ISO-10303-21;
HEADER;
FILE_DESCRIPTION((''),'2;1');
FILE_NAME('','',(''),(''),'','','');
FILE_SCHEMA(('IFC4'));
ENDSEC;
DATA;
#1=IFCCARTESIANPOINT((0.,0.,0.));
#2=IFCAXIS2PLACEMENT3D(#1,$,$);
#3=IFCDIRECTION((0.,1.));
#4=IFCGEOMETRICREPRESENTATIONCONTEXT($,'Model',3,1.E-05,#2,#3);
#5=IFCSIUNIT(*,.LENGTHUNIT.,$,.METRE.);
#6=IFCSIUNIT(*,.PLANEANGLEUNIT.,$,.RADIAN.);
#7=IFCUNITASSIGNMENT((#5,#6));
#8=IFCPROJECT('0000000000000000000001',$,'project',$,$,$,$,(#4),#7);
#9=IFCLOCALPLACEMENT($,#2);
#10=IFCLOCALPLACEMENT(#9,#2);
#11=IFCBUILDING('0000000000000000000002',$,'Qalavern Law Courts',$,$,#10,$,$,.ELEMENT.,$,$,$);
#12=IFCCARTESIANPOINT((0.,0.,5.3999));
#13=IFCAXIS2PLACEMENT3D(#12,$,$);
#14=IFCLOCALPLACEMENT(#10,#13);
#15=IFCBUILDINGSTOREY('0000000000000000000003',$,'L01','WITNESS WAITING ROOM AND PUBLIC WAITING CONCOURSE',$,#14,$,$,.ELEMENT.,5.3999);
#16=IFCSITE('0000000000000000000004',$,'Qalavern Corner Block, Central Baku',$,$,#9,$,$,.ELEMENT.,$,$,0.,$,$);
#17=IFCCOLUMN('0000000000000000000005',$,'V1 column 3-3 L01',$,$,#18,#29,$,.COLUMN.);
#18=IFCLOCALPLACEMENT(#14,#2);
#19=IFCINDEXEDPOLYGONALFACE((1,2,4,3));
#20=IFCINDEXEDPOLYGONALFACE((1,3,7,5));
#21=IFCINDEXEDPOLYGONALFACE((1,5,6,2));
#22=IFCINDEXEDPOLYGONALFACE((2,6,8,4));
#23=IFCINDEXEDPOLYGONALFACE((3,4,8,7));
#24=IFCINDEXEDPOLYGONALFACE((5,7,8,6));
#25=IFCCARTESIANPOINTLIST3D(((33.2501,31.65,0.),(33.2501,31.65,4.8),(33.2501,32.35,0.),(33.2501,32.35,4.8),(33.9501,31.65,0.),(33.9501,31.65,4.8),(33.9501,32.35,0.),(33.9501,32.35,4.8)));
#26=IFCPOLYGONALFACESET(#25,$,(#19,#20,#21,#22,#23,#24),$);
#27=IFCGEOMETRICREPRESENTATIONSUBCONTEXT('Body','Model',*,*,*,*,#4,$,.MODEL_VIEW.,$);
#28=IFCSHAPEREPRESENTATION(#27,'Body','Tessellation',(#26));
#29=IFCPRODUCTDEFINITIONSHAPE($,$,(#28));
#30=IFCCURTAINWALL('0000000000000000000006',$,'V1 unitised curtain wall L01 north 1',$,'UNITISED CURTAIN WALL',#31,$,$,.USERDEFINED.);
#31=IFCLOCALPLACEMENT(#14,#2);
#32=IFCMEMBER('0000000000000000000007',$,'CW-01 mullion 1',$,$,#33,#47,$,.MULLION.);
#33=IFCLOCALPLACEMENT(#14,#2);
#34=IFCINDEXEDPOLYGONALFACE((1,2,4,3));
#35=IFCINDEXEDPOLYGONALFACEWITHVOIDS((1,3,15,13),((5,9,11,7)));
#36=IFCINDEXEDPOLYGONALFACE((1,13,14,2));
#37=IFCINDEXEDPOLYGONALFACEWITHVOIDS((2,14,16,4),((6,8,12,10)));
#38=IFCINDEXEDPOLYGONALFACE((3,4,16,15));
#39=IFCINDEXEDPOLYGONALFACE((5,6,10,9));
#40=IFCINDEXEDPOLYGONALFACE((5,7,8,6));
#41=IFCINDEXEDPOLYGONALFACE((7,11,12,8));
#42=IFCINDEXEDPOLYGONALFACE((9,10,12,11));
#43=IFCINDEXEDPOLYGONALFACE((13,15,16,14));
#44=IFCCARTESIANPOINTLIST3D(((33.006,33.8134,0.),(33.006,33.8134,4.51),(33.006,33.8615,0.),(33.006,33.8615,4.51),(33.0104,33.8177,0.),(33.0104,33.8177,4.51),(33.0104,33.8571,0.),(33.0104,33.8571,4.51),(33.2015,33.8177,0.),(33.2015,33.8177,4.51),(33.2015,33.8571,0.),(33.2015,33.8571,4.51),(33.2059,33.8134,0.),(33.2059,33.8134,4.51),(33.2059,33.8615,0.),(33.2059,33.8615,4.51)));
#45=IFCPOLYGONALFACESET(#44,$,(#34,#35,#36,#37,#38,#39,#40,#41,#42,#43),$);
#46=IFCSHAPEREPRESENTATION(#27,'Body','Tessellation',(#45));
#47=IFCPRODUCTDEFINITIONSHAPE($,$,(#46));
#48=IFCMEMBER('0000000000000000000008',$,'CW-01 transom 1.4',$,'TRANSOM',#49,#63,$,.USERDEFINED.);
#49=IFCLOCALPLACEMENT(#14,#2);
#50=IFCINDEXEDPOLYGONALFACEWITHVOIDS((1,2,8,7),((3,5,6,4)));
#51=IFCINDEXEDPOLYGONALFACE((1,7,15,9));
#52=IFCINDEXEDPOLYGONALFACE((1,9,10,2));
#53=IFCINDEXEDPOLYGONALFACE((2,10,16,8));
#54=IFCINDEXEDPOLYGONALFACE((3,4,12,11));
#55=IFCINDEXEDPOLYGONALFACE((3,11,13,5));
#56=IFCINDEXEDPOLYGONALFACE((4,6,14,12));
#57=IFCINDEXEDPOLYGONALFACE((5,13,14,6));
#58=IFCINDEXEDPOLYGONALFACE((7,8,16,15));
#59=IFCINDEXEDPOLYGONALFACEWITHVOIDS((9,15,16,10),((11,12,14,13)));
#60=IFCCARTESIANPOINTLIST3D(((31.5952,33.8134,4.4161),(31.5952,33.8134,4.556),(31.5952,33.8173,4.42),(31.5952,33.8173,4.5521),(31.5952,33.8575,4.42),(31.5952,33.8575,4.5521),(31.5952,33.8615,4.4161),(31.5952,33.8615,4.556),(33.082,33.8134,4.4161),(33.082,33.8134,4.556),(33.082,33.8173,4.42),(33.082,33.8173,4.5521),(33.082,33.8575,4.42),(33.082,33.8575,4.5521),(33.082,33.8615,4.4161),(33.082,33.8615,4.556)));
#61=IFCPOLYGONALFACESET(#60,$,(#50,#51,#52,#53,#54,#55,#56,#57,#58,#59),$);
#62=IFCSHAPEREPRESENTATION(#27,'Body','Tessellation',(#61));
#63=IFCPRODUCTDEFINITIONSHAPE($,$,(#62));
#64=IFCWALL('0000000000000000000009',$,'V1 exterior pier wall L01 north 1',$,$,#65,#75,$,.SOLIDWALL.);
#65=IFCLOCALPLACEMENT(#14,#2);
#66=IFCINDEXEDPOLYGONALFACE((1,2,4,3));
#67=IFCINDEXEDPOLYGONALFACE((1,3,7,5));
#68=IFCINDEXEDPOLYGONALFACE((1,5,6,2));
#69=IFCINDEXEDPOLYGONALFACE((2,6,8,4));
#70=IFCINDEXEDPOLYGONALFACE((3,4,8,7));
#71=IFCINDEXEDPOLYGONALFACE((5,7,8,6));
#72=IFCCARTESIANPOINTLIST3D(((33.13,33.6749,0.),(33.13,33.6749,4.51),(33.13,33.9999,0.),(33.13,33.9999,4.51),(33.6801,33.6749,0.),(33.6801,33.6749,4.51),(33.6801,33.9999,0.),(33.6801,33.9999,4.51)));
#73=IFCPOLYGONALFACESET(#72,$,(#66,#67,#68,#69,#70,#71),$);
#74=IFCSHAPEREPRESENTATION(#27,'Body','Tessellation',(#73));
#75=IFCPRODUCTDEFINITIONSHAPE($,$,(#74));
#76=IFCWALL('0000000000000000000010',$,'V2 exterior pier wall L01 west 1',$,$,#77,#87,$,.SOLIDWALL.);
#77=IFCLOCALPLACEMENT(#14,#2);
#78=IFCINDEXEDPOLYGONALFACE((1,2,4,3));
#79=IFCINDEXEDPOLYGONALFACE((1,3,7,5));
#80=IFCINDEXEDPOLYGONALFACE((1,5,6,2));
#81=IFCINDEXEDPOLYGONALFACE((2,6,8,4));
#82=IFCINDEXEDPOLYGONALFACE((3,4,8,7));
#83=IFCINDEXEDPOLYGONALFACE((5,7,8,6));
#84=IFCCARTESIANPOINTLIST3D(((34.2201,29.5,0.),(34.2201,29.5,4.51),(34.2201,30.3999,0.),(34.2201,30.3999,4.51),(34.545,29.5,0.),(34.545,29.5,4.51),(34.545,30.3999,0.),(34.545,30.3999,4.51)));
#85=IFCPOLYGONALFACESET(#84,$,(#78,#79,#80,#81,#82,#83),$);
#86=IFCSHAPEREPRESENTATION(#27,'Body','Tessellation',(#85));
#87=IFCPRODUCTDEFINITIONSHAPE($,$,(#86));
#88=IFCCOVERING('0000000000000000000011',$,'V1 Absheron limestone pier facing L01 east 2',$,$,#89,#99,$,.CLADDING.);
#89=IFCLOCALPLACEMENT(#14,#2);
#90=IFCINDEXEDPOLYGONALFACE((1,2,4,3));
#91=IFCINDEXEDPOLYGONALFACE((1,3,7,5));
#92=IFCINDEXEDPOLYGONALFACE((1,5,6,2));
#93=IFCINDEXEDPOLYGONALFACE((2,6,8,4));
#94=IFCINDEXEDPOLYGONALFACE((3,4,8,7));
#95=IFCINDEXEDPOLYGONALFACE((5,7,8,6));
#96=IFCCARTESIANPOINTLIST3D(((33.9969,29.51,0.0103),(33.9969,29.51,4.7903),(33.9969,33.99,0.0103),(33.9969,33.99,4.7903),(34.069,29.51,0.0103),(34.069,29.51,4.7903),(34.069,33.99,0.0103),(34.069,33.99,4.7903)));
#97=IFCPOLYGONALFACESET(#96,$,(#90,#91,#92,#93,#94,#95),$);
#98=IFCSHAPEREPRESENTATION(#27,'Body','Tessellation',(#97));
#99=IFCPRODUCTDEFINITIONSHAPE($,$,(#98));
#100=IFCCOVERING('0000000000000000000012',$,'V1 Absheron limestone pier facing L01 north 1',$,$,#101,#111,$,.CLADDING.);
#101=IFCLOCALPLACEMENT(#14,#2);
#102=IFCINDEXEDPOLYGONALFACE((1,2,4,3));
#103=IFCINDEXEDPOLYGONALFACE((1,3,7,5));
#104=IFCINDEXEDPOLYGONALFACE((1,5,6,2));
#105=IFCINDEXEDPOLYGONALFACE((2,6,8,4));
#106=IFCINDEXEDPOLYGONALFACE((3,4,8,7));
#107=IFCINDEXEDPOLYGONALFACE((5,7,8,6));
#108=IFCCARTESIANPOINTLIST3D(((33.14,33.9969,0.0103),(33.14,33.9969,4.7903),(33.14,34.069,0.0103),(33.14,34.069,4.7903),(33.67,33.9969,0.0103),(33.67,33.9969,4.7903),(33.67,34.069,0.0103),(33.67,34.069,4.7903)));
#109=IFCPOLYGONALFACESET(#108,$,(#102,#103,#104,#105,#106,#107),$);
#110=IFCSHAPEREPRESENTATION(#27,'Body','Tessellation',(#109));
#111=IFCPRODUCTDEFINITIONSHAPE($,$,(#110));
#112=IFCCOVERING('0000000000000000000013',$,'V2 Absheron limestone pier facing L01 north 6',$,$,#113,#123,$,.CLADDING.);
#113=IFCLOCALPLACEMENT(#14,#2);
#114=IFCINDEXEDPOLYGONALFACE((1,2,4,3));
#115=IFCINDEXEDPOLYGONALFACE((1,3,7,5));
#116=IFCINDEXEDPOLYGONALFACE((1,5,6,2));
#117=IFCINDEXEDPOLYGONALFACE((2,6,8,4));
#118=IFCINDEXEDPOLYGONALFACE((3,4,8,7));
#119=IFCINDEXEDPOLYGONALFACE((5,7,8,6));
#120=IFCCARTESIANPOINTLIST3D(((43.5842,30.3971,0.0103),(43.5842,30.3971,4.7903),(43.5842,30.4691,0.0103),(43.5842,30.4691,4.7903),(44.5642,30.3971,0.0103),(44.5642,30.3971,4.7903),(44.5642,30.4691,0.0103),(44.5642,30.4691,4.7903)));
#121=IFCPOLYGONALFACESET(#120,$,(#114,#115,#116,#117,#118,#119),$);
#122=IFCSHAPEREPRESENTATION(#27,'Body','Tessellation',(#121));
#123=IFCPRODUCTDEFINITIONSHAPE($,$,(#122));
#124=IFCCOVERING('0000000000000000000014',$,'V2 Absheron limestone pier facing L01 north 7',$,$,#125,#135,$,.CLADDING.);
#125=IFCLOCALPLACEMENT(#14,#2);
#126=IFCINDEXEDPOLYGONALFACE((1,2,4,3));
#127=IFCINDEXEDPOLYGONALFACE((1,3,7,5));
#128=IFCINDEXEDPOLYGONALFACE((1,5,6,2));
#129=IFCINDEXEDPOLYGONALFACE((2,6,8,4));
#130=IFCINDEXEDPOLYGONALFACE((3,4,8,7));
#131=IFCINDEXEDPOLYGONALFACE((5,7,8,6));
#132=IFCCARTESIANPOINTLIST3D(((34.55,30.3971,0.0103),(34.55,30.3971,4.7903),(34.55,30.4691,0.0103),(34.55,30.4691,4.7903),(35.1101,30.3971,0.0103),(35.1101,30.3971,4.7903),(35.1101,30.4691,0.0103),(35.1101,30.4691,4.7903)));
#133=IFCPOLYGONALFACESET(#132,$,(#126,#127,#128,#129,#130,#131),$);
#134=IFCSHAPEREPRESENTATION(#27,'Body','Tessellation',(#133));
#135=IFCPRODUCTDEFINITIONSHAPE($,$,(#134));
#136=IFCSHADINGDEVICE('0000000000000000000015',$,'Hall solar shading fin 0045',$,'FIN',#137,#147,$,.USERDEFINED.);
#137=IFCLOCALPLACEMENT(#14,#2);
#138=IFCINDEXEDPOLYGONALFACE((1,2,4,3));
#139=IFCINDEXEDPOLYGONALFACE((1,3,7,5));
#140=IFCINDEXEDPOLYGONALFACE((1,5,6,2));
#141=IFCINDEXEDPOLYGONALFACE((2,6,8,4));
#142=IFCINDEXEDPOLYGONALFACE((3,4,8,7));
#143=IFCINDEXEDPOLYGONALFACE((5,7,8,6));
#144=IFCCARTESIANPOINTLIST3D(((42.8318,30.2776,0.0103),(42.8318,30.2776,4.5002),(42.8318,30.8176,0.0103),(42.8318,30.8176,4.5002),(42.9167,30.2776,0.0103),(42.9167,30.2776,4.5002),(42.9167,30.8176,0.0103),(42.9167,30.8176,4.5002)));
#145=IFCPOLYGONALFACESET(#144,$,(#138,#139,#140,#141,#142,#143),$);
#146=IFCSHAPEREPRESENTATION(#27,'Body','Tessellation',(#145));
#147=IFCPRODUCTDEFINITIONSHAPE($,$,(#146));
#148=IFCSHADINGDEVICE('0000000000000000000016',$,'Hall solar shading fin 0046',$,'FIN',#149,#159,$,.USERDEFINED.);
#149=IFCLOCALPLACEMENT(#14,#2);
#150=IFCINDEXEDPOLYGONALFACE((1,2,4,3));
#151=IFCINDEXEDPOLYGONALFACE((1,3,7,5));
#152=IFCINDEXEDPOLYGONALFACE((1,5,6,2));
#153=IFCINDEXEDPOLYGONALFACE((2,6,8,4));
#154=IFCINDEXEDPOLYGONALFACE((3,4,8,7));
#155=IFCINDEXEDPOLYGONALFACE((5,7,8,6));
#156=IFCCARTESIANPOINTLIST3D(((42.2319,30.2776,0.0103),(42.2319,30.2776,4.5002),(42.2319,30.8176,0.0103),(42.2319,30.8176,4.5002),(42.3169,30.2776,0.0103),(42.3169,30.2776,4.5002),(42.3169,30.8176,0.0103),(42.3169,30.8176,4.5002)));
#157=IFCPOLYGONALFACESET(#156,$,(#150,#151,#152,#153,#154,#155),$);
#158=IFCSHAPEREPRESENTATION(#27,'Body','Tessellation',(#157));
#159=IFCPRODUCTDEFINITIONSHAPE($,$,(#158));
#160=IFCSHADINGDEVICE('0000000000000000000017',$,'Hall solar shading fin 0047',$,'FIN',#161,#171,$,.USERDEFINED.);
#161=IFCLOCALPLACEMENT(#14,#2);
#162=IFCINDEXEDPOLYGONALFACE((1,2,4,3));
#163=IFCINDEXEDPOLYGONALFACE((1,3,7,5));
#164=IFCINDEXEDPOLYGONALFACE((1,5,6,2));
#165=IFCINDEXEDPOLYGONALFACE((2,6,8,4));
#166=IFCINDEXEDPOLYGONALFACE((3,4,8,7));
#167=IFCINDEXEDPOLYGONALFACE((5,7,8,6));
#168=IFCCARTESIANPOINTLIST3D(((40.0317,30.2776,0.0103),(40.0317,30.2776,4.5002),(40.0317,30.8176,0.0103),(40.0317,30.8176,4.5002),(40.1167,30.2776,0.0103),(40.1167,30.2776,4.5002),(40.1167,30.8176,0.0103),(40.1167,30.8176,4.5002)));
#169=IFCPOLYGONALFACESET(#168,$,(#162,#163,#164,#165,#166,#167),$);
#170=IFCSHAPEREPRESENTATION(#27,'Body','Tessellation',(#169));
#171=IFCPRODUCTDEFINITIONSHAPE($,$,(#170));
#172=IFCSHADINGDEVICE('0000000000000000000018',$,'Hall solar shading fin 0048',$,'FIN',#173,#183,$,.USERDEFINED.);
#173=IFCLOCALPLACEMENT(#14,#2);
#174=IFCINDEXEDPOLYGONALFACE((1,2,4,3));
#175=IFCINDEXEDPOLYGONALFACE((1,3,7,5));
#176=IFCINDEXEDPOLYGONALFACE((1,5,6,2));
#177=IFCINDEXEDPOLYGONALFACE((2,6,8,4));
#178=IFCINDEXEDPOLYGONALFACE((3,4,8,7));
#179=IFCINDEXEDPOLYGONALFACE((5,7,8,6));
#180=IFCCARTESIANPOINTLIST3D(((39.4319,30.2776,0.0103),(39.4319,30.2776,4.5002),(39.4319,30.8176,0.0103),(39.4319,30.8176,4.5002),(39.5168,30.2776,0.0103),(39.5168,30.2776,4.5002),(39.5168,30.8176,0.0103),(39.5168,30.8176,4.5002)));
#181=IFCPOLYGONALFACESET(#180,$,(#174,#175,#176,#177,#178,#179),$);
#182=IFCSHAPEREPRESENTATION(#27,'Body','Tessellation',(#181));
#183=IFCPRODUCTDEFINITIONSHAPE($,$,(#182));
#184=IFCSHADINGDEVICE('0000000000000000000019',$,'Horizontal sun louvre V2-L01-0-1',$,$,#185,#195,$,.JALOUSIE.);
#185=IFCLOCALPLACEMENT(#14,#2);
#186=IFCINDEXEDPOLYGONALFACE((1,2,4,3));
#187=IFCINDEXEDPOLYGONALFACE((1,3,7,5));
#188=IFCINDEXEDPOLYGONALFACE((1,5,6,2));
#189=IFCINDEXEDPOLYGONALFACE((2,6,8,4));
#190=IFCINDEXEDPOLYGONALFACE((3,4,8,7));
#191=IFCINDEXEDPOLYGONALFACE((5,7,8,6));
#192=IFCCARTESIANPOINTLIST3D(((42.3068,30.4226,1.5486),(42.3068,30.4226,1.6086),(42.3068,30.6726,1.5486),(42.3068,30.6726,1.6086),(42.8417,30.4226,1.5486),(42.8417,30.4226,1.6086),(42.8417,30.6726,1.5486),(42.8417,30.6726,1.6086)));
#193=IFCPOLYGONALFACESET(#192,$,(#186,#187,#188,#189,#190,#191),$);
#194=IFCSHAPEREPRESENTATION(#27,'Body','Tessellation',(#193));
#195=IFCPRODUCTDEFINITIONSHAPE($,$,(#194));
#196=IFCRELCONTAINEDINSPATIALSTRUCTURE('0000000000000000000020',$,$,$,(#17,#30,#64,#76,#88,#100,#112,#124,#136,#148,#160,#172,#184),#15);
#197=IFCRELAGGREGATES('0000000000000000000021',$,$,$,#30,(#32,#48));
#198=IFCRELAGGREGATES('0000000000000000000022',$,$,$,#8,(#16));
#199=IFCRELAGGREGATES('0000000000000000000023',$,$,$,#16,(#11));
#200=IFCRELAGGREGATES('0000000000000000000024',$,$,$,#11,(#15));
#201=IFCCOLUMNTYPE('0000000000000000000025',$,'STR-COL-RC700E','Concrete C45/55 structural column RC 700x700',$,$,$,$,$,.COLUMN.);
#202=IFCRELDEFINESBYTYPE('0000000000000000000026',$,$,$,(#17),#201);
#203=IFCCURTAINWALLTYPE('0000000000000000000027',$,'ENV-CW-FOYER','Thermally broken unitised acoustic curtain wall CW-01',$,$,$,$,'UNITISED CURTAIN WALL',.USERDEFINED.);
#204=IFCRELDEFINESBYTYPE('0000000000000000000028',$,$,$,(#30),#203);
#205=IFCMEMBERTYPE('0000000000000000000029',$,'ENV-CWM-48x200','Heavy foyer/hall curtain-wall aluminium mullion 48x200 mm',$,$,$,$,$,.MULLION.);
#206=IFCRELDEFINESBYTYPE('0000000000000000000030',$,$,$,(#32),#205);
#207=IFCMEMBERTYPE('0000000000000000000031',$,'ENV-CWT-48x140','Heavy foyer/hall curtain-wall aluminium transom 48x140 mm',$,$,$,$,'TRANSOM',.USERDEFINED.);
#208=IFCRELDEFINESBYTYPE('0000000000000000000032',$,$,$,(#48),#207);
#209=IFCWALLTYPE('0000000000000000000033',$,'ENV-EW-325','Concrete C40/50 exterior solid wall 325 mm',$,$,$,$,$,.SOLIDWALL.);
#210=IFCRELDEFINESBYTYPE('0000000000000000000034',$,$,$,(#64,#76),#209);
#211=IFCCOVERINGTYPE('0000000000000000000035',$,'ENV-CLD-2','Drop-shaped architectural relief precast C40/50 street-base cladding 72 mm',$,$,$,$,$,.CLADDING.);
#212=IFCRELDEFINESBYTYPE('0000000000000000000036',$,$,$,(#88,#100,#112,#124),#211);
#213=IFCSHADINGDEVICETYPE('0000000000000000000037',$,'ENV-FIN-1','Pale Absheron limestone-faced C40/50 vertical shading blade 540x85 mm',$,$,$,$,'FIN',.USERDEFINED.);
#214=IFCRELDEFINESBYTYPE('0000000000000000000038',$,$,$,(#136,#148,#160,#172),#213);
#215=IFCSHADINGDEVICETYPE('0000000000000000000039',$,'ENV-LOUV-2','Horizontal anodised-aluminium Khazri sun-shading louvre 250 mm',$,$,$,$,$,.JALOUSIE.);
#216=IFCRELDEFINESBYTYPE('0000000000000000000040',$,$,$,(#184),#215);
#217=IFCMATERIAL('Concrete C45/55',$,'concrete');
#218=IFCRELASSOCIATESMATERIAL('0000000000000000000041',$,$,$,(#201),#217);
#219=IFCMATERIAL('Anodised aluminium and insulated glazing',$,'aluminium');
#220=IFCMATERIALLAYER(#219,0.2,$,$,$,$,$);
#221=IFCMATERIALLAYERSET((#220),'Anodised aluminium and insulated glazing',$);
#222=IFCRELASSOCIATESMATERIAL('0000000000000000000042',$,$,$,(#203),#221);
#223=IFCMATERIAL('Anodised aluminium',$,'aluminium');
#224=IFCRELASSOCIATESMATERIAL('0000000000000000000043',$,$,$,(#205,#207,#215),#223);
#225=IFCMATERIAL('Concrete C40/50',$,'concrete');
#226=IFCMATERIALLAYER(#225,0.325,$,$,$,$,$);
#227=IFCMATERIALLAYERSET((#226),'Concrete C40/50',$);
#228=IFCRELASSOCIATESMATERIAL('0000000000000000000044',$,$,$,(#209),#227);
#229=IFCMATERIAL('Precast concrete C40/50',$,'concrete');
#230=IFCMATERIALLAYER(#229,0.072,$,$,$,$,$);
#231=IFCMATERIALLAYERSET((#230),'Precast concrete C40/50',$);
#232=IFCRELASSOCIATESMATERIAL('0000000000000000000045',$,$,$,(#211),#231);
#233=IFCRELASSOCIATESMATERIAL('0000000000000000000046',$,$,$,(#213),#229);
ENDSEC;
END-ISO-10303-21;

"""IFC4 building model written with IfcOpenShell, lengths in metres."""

from ifc_helpers import new_model, si_unit, direction, frame, frame_2d, origin, origin_2d, place, context, subcontext, project, spatial, rectangle, hollow_rectangle, extrude, material, layer, layer_set, material_profile, profile_set, type_object, element, aggregate, save


model = new_model("IFC4")

# Units and contexts
model_context = context("Model", 3, precision=1e-05, world=origin(), true_north=direction((0.0, 1.0)))
body_context = subcontext(model_context, "Body", "Model", "MODEL_VIEW")
ifc_project = project(units=[si_unit("LENGTHUNIT", "METRE"), si_unit("PLANEANGLEUNIT", "RADIAN")], contexts=[model_context])

# Site, building, storey
site_placement = place(None, origin())
site = spatial("IfcSite", under=ifc_project, at=site_placement, Name="Qalavern Corner Block, Central Baku", CompositionType="ELEMENT", RefElevation=0.0)
building_placement = place(site_placement, origin())
building = spatial("IfcBuilding", under=site, at=building_placement, Name="Qalavern Law Courts", CompositionType="ELEMENT")
storey_placement = place(building_placement, frame((0.0, 0.0, 5.3999)))
storey = spatial("IfcBuildingStorey", under=building, at=storey_placement, Name="L01", Description="WITNESS WAITING ROOM AND PUBLIC WAITING CONCOURSE", CompositionType="ELEMENT", Elevation=5.3999)

# Column
ifc_material_1 = material(Name="Concrete C45/55", Category="concrete")
ifc_material_profile_1 = material_profile(ifc_material_1, rectangle(XDim=0.7, YDim=0.7, at=origin_2d()), Name="RC 700x700")
ifc_profile_set_1 = profile_set([ifc_material_profile_1], Name="Concrete C45/55")
column_type = type_object("IfcColumnType", Name="STR-COL-RC700E", Description="Concrete C45/55 structural column RC 700x700", PredefinedType="COLUMN", material=ifc_profile_set_1)
column_placement = place(storey_placement, frame((33.6001, 32.0, 0.0), z_axis=(0.0, 0.0, 1.0), x_axis=(1.0, 0.0, 0.0)))
element("IfcColumn", 1, at=column_placement, inside=storey, type_object=column_type, Name="V1 column 3-3 L01", PredefinedType="COLUMN", context=body_context, shape_type="SweptSolid", body=[
    extrude(rectangle(XDim=0.7, YDim=0.7, at=origin_2d()), origin(), (0.0, 0.0, 1.0), 4.8),
])

# Curtain wall, members
ifc_material_2 = material(Name="Anodised aluminium and insulated glazing", Category="aluminium")
ifc_layer_1 = layer(ifc_material_2, 0.2)
ifc_layer_set_1 = layer_set([ifc_layer_1], Name="Anodised aluminium and insulated glazing")
curtain_wall_type = type_object("IfcCurtainWallType", Name="ENV-CW-FOYER", Description="Thermally broken unitised acoustic curtain wall CW-01", ElementType="UNITISED CURTAIN WALL", PredefinedType="USERDEFINED", material=ifc_layer_set_1)
curtain_wall_placement = place(storey_placement, origin())
curtain_wall = element("IfcCurtainWall", 2, at=curtain_wall_placement, inside=storey, type_object=curtain_wall_type, Name="V1 unitised curtain wall L01 north 1", ObjectType="UNITISED CURTAIN WALL", PredefinedType="USERDEFINED")
ifc_material_3 = material(Name="Anodised aluminium", Category="aluminium")
ifc_material_profile_2 = material_profile(ifc_material_3, hollow_rectangle(XDim=0.0481, YDim=0.2, WallThickness=0.0044, at=origin_2d()), Name="ALU MULLION 48x200")
ifc_profile_set_2 = profile_set([ifc_material_profile_2], Name="Anodised aluminium")
member_type_1 = type_object("IfcMemberType", Name="ENV-CWM-48x200", Description="Heavy foyer/hall curtain-wall aluminium mullion 48x200 mm", PredefinedType="MULLION", material=ifc_profile_set_2)
member_1_placement = place(storey_placement, frame((33.106, 33.8374, 0.0), z_axis=(0.0, 0.0, 1.0), x_axis=(0.0, -1.0, 0.0)))
member_1 = element("IfcMember", 3, at=member_1_placement, type_object=member_type_1, Name="CW-01 mullion 1", PredefinedType="MULLION", context=body_context, shape_type="SweptSolid", body=[
    extrude(hollow_rectangle(XDim=0.0481, YDim=0.2, WallThickness=0.0044, at=origin_2d()), origin(), (0.0, 0.0, 1.0), 4.51),
])
ifc_material_profile_3 = material_profile(ifc_material_3, hollow_rectangle(XDim=0.0481, YDim=0.1399, WallThickness=0.0039, at=origin_2d()), Name="ALU TRANSOM 48x140")
ifc_profile_set_3 = profile_set([ifc_material_profile_3], Name="Anodised aluminium")
member_type_2 = type_object("IfcMemberType", Name="ENV-CWT-48x140", Description="Heavy foyer/hall curtain-wall aluminium transom 48x140 mm", ElementType="TRANSOM", PredefinedType="USERDEFINED", material=ifc_profile_set_3)
member_2_placement = place(storey_placement, frame((33.082, 33.8374, 4.4861), z_axis=(-1.0, 0.0, 0.0), x_axis=(0.0, -1.0, 0.0)))
member_2 = element("IfcMember", 4, at=member_2_placement, type_object=member_type_2, Name="CW-01 transom 1.4", ObjectType="TRANSOM", PredefinedType="USERDEFINED", context=body_context, shape_type="SweptSolid", body=[
    extrude(hollow_rectangle(XDim=0.0481, YDim=0.1399, WallThickness=0.0039, at=origin_2d()), origin(), (0.0, 0.0, 1.0), 1.4868),
])
aggregate(curtain_wall, [member_1, member_2])

# Walls
ifc_material_4 = material(Name="Concrete C40/50", Category="concrete")
ifc_layer_2 = layer(ifc_material_4, 0.325)
ifc_layer_set_2 = layer_set([ifc_layer_2], Name="Concrete C40/50")
wall_type = type_object("IfcWallType", Name="ENV-EW-325", Description="Concrete C40/50 exterior solid wall 325 mm", PredefinedType="SOLIDWALL", material=ifc_layer_set_2)
wall_1_placement = place(storey_placement, frame((33.6799, 33.8374, 0.0), z_axis=(0.0, 0.0, 1.0), x_axis=(-1.0, 0.0, 0.0)))
element("IfcWall", 5, at=wall_1_placement, inside=storey, type_object=wall_type, Name="V1 exterior pier wall L01 north 1", PredefinedType="SOLIDWALL", context=body_context, shape_type="SweptSolid", body=[
    extrude(rectangle(XDim=0.55, YDim=0.325, at=frame_2d((0.2749, 0.0))), origin(), (0.0, 0.0, 1.0), 4.51),
])
wall_2_placement = place(storey_placement, frame((34.3826, 30.3999, 0.0), z_axis=(0.0, 0.0, 1.0), x_axis=(0.0, -1.0, 0.0)))
element("IfcWall", 6, at=wall_2_placement, inside=storey, type_object=wall_type, Name="V2 exterior pier wall L01 west 1", PredefinedType="SOLIDWALL", context=body_context, shape_type="SweptSolid", body=[
    extrude(rectangle(XDim=0.8999, YDim=0.325, at=frame_2d((0.45, 0.0))), origin(), (0.0, 0.0, 1.0), 4.51),
])

# Coverings
ifc_material_5 = material(Name="Precast concrete C40/50", Category="concrete")
ifc_layer_3 = layer(ifc_material_5, 0.072)
ifc_layer_set_3 = layer_set([ifc_layer_3], Name="Precast concrete C40/50")
covering_type = type_object("IfcCoveringType", Name="ENV-CLD-2", Description="Drop-shaped architectural relief precast C40/50 street-base cladding 72 mm", PredefinedType="CLADDING", material=ifc_layer_set_3)
covering_1_placement = place(storey_placement, frame((34.033, 31.75, 0.0103), z_axis=(0.0, 0.0, 1.0), x_axis=(0.0, 1.0, 0.0)))
element("IfcCovering", 7, at=covering_1_placement, inside=storey, type_object=covering_type, Name="V1 Absheron limestone pier facing L01 east 2", PredefinedType="CLADDING", context=body_context, shape_type="SweptSolid", body=[
    extrude(rectangle(XDim=4.48, YDim=0.072, at=origin_2d()), origin(), (0.0, 0.0, 1.0), 4.78),
])
covering_2_placement = place(storey_placement, frame((33.405, 34.033, 0.0103), z_axis=(0.0, 0.0, 1.0), x_axis=(-1.0, 0.0, 0.0)))
element("IfcCovering", 8, at=covering_2_placement, inside=storey, type_object=covering_type, Name="V1 Absheron limestone pier facing L01 north 1", PredefinedType="CLADDING", context=body_context, shape_type="SweptSolid", body=[
    extrude(rectangle(XDim=0.53, YDim=0.072, at=origin_2d()), origin(), (0.0, 0.0, 1.0), 4.78),
])
covering_3_placement = place(storey_placement, frame((44.0742, 30.4331, 0.0103), z_axis=(0.0, 0.0, 1.0), x_axis=(-1.0, 0.0, 0.0)))
element("IfcCovering", 9, at=covering_3_placement, inside=storey, type_object=covering_type, Name="V2 Absheron limestone pier facing L01 north 6", PredefinedType="CLADDING", context=body_context, shape_type="SweptSolid", body=[
    extrude(rectangle(XDim=0.98, YDim=0.072, at=origin_2d()), origin(), (0.0, 0.0, 1.0), 4.78),
])
covering_4_placement = place(storey_placement, frame((34.8301, 30.4331, 0.0103), z_axis=(0.0, 0.0, 1.0), x_axis=(-1.0, 0.0, 0.0)))
element("IfcCovering", 10, at=covering_4_placement, inside=storey, type_object=covering_type, Name="V2 Absheron limestone pier facing L01 north 7", PredefinedType="CLADDING", context=body_context, shape_type="SweptSolid", body=[
    extrude(rectangle(XDim=0.5601, YDim=0.072, at=origin_2d()), origin(), (0.0, 0.0, 1.0), 4.78),
])

# Shading devices
shading_device_type_1 = type_object("IfcShadingDeviceType", Name="ENV-FIN-1", Description="Pale Absheron limestone-faced C40/50 vertical shading blade 540x85 mm", ElementType="FIN", PredefinedType="USERDEFINED", material=ifc_material_5)
for number, where, z_axis, x_axis, name in (
    (11, (42.8743, 30.5476, 0.0103), (0.0, 0.0, 1.0), (0.0, 1.0, 0.0), "Hall solar shading fin 0045"),
    (12, (42.2744, 30.5476, 0.0103), (0.0, 0.0, 1.0), (0.0, 1.0, 0.0), "Hall solar shading fin 0046"),
    (13, (40.0742, 30.5476, 0.0103), (0.0, 0.0, 1.0), (0.0, 1.0, 0.0), "Hall solar shading fin 0047"),
    (14, (39.4744, 30.5476, 0.0103), (0.0, 0.0, 1.0), (0.0, 1.0, 0.0), "Hall solar shading fin 0048"),
):
    element("IfcShadingDevice", number, at=place(storey_placement, frame(where, z_axis=z_axis, x_axis=x_axis)), inside=storey, type_object=shading_device_type_1, Name=name, ObjectType="FIN", PredefinedType="USERDEFINED", context=body_context, shape_type="SweptSolid", body=[
        extrude(rectangle(XDim=0.54, YDim=0.085, at=origin_2d()), origin(), (0.0, 0.0, 1.0), 4.49),
    ])
shading_device_type_2 = type_object("IfcShadingDeviceType", Name="ENV-LOUV-2", Description="Horizontal anodised-aluminium Khazri sun-shading louvre 250 mm", PredefinedType="JALOUSIE", material=ifc_material_3)
for number, where, z_axis, x_axis, name in (
    (15, (42.5742, 30.5476, 1.5486), (0.0, 0.0, 1.0), (-1.0, 0.0, 0.0), "Horizontal sun louvre V2-L01-0-1"),
):
    element("IfcShadingDevice", number, at=place(storey_placement, frame(where, z_axis=z_axis, x_axis=x_axis)), inside=storey, type_object=shading_device_type_2, Name=name, PredefinedType="JALOUSIE", context=body_context, shape_type="SweptSolid", body=[
        extrude(rectangle(XDim=0.5349, YDim=0.25, at=origin_2d()), origin(), (0.0, 0.0, 1.0), 0.0601),
    ])

save(model, "model.ifc")
